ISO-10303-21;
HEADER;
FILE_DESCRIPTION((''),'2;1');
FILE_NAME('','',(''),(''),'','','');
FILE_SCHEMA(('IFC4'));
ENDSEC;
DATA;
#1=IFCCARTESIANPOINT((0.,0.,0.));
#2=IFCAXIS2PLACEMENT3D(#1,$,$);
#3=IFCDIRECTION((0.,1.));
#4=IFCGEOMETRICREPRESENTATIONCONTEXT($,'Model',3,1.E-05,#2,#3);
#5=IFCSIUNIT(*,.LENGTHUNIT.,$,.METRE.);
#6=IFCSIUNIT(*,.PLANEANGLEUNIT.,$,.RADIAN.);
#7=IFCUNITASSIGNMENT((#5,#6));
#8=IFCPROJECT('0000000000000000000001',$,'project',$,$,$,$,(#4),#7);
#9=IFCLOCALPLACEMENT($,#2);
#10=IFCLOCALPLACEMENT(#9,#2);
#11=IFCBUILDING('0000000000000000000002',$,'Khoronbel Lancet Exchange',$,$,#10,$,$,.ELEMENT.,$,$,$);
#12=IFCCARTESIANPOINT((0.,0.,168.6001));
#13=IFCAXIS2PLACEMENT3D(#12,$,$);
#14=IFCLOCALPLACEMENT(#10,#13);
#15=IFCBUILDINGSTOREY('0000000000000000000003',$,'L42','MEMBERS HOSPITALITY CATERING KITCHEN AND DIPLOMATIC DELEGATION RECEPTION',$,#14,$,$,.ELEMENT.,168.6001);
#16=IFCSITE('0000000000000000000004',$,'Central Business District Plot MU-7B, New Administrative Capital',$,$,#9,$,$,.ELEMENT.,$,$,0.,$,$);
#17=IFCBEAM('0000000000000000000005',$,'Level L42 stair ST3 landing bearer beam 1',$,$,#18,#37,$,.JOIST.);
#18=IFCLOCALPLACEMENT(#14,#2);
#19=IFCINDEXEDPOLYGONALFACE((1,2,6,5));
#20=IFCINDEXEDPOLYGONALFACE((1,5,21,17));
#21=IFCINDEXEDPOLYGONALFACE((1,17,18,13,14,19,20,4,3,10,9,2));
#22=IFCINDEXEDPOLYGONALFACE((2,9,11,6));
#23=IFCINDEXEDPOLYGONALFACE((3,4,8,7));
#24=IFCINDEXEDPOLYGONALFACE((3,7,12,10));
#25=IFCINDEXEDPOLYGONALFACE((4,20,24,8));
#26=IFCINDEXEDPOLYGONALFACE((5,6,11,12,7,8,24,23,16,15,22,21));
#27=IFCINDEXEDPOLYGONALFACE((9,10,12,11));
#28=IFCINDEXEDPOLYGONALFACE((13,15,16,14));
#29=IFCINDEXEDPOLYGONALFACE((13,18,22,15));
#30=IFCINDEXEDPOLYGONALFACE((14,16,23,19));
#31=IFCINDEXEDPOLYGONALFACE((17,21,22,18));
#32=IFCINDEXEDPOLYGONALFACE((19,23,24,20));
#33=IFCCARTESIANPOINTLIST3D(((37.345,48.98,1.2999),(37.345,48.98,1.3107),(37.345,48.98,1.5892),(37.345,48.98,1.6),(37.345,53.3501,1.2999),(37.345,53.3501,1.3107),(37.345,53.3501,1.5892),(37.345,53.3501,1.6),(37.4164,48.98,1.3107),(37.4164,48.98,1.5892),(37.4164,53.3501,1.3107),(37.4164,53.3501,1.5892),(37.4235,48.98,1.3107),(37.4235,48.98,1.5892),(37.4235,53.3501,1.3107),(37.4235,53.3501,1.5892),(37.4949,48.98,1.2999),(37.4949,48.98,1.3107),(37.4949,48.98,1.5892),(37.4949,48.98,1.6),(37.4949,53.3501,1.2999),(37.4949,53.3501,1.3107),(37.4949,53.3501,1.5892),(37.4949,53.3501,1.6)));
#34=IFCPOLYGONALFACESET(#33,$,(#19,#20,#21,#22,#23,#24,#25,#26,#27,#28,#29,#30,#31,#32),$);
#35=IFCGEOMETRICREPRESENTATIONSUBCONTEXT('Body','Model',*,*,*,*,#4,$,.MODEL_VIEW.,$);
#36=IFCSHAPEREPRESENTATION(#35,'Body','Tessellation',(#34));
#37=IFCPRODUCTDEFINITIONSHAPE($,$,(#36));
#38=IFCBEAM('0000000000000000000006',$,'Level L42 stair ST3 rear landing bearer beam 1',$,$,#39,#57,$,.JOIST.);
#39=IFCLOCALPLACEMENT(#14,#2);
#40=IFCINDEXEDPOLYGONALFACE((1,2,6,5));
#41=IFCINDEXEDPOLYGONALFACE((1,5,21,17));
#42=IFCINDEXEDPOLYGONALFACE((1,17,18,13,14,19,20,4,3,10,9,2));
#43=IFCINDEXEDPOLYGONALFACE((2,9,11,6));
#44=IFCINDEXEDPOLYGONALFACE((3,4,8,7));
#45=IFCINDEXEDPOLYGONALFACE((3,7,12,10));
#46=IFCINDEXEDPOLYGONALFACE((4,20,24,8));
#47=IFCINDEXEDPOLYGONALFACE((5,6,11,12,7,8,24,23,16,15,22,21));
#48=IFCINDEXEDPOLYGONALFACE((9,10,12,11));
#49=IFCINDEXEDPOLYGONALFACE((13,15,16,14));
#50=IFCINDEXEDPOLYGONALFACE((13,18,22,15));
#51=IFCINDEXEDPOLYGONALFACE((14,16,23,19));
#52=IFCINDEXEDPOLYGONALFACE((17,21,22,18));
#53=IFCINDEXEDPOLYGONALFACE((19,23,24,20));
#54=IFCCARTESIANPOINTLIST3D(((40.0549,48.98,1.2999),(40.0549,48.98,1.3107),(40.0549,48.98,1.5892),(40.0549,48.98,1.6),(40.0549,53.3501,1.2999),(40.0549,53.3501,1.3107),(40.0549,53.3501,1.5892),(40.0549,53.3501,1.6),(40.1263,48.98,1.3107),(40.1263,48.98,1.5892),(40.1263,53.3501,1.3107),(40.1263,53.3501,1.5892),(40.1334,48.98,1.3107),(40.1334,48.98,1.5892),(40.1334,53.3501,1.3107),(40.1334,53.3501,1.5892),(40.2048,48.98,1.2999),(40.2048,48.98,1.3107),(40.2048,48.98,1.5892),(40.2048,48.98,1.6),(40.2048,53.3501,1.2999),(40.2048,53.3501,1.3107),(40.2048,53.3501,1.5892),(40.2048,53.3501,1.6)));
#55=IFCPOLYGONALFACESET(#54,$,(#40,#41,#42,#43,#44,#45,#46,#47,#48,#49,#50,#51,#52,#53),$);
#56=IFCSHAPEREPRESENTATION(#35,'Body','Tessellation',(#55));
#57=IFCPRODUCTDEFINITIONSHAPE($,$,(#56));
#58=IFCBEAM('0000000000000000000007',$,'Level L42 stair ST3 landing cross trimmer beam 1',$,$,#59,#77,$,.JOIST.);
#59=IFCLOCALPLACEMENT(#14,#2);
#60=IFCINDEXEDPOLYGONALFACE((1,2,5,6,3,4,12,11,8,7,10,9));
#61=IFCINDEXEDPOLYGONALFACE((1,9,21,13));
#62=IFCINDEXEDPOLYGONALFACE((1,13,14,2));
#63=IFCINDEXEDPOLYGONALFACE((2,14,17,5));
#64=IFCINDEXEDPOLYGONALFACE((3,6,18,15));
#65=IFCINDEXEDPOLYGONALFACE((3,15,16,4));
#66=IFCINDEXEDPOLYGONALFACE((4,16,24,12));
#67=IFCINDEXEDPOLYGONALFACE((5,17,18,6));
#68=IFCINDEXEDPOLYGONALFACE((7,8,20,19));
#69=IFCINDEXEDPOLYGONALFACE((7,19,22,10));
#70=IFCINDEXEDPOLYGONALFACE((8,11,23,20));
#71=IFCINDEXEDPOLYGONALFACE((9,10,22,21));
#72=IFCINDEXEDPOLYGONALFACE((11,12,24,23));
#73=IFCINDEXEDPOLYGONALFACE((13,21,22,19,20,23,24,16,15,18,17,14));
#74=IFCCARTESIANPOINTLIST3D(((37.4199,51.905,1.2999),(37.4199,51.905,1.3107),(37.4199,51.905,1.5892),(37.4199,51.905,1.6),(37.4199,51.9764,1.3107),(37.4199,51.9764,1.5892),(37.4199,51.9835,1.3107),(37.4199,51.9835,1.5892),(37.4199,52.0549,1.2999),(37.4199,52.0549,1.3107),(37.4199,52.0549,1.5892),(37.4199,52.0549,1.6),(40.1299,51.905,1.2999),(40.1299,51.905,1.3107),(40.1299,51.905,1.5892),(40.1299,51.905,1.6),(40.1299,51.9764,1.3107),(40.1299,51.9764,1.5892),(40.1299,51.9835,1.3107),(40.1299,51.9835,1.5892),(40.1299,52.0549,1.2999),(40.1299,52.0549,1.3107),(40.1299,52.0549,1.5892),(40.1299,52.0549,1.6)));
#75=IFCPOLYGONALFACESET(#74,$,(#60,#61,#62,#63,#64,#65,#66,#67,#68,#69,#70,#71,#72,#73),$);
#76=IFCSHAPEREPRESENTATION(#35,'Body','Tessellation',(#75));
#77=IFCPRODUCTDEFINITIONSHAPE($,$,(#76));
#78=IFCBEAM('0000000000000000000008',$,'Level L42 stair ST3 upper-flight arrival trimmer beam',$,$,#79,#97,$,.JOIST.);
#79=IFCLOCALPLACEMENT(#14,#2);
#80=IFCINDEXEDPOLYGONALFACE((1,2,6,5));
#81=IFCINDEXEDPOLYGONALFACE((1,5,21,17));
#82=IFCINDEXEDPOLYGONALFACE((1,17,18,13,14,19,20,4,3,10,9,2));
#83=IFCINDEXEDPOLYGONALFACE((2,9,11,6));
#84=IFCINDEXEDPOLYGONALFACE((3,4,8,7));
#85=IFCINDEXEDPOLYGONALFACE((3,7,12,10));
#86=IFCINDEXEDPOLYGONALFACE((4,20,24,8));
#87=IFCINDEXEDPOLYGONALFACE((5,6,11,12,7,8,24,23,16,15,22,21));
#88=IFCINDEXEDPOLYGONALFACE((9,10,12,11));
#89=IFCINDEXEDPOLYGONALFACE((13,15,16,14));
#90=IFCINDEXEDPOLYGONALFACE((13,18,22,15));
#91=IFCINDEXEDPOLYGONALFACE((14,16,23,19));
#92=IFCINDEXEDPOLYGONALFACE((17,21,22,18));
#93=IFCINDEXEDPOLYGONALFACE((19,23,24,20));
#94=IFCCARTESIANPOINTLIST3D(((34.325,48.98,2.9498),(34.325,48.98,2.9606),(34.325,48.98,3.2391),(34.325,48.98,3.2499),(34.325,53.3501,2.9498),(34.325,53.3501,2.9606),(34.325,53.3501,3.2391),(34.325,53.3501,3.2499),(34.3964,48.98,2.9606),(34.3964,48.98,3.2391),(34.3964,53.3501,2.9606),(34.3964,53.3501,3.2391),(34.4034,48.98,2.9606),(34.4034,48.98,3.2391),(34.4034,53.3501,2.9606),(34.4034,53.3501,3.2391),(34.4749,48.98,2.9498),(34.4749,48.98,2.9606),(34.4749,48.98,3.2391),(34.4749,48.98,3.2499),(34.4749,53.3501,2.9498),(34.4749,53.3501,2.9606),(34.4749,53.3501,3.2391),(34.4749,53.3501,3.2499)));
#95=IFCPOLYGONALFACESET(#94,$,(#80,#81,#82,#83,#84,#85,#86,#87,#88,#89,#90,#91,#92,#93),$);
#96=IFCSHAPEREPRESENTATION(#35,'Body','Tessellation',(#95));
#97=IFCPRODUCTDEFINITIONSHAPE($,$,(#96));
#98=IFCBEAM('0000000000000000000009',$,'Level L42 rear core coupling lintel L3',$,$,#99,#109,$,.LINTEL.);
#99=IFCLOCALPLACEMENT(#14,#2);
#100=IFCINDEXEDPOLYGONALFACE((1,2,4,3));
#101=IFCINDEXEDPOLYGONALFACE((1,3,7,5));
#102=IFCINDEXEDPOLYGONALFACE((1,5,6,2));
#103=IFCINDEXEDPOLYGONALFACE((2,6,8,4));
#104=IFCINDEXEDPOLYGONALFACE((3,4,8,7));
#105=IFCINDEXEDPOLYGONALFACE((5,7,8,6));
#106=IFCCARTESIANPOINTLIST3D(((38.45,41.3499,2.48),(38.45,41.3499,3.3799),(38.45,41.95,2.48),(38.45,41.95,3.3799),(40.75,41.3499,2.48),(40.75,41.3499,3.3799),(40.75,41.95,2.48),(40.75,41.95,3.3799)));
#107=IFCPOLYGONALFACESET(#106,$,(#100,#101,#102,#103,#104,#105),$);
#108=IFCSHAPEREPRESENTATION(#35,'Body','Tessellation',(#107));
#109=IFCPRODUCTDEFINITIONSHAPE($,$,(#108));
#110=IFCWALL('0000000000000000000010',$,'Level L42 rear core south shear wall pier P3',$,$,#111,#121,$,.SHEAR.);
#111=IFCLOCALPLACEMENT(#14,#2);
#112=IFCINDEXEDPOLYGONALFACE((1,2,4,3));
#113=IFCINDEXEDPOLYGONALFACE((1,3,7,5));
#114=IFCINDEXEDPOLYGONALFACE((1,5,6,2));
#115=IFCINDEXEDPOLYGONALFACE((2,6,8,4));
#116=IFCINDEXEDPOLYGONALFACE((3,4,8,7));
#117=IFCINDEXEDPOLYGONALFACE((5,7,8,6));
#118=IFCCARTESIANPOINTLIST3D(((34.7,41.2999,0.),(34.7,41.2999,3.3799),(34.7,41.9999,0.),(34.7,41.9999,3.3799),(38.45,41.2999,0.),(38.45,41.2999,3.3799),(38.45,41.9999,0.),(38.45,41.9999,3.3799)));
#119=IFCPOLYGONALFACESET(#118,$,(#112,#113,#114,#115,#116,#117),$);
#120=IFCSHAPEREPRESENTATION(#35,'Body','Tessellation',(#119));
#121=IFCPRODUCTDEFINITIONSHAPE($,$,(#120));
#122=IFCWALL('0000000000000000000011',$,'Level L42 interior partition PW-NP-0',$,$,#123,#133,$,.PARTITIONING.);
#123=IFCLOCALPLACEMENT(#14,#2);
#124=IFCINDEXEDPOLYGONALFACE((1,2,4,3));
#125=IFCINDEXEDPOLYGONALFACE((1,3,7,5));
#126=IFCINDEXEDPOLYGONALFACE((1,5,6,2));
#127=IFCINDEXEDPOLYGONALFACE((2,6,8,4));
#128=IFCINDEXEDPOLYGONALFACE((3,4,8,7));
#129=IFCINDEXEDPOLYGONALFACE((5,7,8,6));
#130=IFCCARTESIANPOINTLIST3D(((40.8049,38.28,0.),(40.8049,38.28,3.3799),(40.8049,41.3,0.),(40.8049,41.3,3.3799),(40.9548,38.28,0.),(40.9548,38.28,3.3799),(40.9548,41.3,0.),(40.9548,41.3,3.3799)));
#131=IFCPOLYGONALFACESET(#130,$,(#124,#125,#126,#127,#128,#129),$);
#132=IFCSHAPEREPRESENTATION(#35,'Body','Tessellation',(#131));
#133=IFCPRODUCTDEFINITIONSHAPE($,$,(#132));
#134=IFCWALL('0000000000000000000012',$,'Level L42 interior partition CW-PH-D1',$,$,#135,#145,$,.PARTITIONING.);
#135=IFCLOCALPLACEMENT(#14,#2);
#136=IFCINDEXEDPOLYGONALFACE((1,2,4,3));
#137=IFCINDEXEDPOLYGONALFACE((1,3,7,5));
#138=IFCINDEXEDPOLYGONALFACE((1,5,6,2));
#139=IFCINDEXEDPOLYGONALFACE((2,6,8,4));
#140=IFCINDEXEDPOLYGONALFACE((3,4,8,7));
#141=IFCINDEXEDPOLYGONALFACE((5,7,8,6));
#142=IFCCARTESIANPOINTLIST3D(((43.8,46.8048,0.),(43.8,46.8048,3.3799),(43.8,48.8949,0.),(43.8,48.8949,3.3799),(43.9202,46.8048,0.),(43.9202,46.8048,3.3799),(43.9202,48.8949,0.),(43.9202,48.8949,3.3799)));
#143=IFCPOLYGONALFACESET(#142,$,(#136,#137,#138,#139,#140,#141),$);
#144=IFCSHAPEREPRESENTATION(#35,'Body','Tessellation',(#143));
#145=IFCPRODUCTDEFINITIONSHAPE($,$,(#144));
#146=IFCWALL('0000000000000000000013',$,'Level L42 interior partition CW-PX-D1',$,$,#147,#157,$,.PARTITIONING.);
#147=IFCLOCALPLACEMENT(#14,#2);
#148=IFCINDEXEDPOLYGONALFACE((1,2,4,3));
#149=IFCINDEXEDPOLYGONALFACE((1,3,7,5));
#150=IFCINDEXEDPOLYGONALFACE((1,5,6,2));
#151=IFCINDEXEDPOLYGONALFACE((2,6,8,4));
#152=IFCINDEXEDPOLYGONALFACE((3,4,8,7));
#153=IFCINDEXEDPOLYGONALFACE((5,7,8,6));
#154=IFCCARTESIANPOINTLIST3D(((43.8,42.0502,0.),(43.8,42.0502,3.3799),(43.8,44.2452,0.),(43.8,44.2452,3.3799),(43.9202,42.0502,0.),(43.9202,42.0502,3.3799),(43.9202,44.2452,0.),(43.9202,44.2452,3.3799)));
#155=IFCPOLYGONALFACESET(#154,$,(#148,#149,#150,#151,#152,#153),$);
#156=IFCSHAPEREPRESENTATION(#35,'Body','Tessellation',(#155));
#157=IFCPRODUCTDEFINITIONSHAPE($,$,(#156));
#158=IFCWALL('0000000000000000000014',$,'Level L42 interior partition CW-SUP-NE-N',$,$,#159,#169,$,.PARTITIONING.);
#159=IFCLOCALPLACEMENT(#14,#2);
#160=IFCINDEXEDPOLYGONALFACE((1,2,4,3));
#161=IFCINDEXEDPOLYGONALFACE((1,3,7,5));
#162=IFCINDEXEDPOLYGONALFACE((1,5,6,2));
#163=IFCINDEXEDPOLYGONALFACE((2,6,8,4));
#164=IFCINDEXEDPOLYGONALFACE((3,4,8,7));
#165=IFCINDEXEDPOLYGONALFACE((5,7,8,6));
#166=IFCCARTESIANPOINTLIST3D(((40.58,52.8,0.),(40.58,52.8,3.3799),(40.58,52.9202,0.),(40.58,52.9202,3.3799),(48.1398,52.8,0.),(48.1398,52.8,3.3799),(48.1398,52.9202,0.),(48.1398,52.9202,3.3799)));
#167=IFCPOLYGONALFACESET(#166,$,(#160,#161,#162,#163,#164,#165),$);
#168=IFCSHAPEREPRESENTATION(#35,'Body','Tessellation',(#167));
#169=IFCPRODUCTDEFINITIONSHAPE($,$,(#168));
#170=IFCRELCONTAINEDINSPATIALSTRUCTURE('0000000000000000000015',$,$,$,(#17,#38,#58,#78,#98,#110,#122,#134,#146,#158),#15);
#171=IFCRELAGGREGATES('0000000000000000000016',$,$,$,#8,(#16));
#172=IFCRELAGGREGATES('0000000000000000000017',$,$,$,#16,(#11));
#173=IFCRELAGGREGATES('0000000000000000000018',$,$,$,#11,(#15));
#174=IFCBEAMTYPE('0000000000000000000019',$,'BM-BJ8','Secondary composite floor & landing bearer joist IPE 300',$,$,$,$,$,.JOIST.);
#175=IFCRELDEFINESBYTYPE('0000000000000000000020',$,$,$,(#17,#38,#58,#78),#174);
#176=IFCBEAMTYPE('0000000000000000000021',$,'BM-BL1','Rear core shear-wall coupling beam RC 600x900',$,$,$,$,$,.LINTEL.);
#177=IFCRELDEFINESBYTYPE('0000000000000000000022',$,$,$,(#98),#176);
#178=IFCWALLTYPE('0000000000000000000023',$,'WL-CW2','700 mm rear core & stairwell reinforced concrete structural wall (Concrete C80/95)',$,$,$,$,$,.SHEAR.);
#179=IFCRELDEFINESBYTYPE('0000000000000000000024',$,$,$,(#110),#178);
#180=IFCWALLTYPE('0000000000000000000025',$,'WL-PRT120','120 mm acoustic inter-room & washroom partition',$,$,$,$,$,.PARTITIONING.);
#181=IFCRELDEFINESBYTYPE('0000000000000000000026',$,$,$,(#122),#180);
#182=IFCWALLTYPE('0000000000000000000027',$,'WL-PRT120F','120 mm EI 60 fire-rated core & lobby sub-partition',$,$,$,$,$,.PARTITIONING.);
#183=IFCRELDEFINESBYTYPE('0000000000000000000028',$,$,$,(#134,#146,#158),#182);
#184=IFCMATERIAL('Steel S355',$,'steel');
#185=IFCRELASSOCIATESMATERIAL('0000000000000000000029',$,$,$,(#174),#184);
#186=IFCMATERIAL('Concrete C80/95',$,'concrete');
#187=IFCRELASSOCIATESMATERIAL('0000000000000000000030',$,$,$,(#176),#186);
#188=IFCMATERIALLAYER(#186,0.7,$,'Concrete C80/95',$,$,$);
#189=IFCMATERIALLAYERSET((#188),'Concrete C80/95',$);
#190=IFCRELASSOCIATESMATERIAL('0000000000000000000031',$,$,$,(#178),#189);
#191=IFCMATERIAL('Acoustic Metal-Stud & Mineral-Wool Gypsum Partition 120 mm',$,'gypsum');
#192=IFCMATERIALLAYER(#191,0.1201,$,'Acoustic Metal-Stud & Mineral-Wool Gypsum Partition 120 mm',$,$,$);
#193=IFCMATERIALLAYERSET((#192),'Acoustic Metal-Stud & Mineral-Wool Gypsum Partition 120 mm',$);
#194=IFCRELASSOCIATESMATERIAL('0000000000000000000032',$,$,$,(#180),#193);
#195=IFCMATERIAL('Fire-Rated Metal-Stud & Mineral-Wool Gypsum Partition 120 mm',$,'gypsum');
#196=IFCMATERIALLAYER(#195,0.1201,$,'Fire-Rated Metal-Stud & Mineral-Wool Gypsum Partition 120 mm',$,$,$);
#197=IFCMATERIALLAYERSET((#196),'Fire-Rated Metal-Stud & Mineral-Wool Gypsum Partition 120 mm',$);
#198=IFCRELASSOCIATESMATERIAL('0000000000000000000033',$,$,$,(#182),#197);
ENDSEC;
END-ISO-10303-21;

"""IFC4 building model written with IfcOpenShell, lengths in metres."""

from ifc_helpers import new_model, si_unit, direction, frame, frame_2d, origin, origin_2d, place, context, subcontext, project, spatial, rectangle, i_section, extrude, material, layer, layer_set, material_profile, profile_set, type_object, element, save


model = new_model("IFC4")

# Units and contexts
model_context = context("Model", 3, precision=1e-05, world=origin(), true_north=direction((0.0, 1.0)))
body_context = subcontext(model_context, "Body", "Model", "MODEL_VIEW")
ifc_project = project(units=[si_unit("LENGTHUNIT", "METRE"), si_unit("PLANEANGLEUNIT", "RADIAN")], contexts=[model_context])

# Site, building, storey
site_placement = place(None, origin())
site = spatial("IfcSite", under=ifc_project, at=site_placement, Name="Central Business District Plot MU-7B, New Administrative Capital", CompositionType="ELEMENT", RefElevation=0.0)
building_placement = place(site_placement, origin())
building = spatial("IfcBuilding", under=site, at=building_placement, Name="Khoronbel Lancet Exchange", CompositionType="ELEMENT")
storey_placement = place(building_placement, frame((0.0, 0.0, 168.6001)))
storey = spatial("IfcBuildingStorey", under=building, at=storey_placement, Name="L42", Description="MEMBERS HOSPITALITY CATERING KITCHEN AND DIPLOMATIC DELEGATION RECEPTION", CompositionType="ELEMENT", Elevation=168.6001)

# Beams
ifc_material_1 = material(Name="Steel S355", Category="steel")
ifc_material_profile_1 = material_profile(ifc_material_1, i_section(OverallWidth=0.1499, OverallDepth=0.3, WebThickness=0.0071, FlangeThickness=0.0107, at=origin_2d()), Name="IPE 300")
ifc_profile_set_1 = profile_set([ifc_material_profile_1], Name="Steel S355")
beam_type_1 = type_object("IfcBeamType", Name="BM-BJ8", Description="Secondary composite floor & landing bearer joist IPE 300", PredefinedType="JOIST", material=ifc_profile_set_1)
for number, where, z_axis, x_axis, name in (
    (1, (37.4199, 48.98, 1.45), (0.0, 1.0, 0.0), (-1.0, 0.0, 0.0), "Level L42 stair ST3 landing bearer beam 1"),
    (2, (40.1299, 48.98, 1.45), (0.0, 1.0, 0.0), (-1.0, 0.0, 0.0), "Level L42 stair ST3 rear landing bearer beam 1"),
):
    element("IfcBeam", number, at=place(storey_placement, frame(where, z_axis=z_axis, x_axis=x_axis)), inside=storey, type_object=beam_type_1, Name=name, PredefinedType="JOIST", context=body_context, shape_type="SweptSolid", body=[
        extrude(i_section(OverallWidth=0.1499, OverallDepth=0.3, WebThickness=0.0071, FlangeThickness=0.0107, at=origin_2d()), origin(), (0.0, 0.0, 1.0), 4.3701),
    ])
beam_1_placement = place(storey_placement, frame((37.4199, 51.98, 1.45), z_axis=(1.0, 0.0, 0.0), x_axis=(0.0, 1.0, 0.0)))
element("IfcBeam", 3, at=beam_1_placement, inside=storey, type_object=beam_type_1, Name="Level L42 stair ST3 landing cross trimmer beam 1", PredefinedType="JOIST", context=body_context, shape_type="SweptSolid", body=[
    extrude(i_section(OverallWidth=0.1499, OverallDepth=0.3, WebThickness=0.0071, FlangeThickness=0.0107, at=origin_2d()), origin(), (0.0, 0.0, 1.0), 2.71),
])
beam_2_placement = place(storey_placement, frame((34.3999, 48.98, 3.0999), z_axis=(0.0, 1.0, 0.0), x_axis=(-1.0, 0.0, 0.0)))
element("IfcBeam", 4, at=beam_2_placement, inside=storey, type_object=beam_type_1, Name="Level L42 stair ST3 upper-flight arrival trimmer beam", PredefinedType="JOIST", context=body_context, shape_type="SweptSolid", body=[
    extrude(i_section(OverallWidth=0.1499, OverallDepth=0.3, WebThickness=0.0071, FlangeThickness=0.0107, at=origin_2d()), origin(), (0.0, 0.0, 1.0), 4.3701),
])
ifc_material_2 = material(Name="Concrete C80/95", Category="concrete")
ifc_material_profile_2 = material_profile(ifc_material_2, rectangle(XDim=0.6001, YDim=0.8999, at=origin_2d()), Name="RC 600x900")
ifc_profile_set_2 = profile_set([ifc_material_profile_2], Name="Concrete C80/95")
beam_type_2 = type_object("IfcBeamType", Name="BM-BL1", Description="Rear core shear-wall coupling beam RC 600x900", PredefinedType="LINTEL", material=ifc_profile_set_2)
beam_3_placement = place(storey_placement, frame((38.45, 41.6499, 2.9299), z_axis=(1.0, 0.0, 0.0), x_axis=(0.0, 1.0, 0.0)))
element("IfcBeam", 5, at=beam_3_placement, inside=storey, type_object=beam_type_2, Name="Level L42 rear core coupling lintel L3", PredefinedType="LINTEL", context=body_context, shape_type="SweptSolid", body=[
    extrude(rectangle(XDim=0.6001, YDim=0.8999, at=origin_2d()), origin(), (0.0, 0.0, 1.0), 2.3),
])

# Walls
ifc_layer_1 = layer(ifc_material_2, 0.7, Name="Concrete C80/95")
ifc_layer_set_1 = layer_set([ifc_layer_1], Name="Concrete C80/95")
wall_type_1 = type_object("IfcWallType", Name="WL-CW2", Description="700 mm rear core & stairwell reinforced concrete structural wall (Concrete C80/95)", PredefinedType="SHEAR", material=ifc_layer_set_1)
wall_1_placement = place(storey_placement, frame((38.45, 41.6499, 0.0), z_axis=(0.0, 0.0, 1.0), x_axis=(-1.0, 0.0, 0.0)))
element("IfcWall", 6, at=wall_1_placement, inside=storey, type_object=wall_type_1, Name="Level L42 rear core south shear wall pier P3", PredefinedType="SHEAR", context=body_context, shape_type="SweptSolid", body=[
    extrude(rectangle(XDim=3.75, YDim=0.7, at=frame_2d((1.875, 0.0))), origin(), (0.0, 0.0, 1.0), 3.3799),
])
ifc_material_3 = material(Name="Acoustic Metal-Stud & Mineral-Wool Gypsum Partition 120 mm", Category="gypsum")
ifc_layer_2 = layer(ifc_material_3, 0.1201, Name="Acoustic Metal-Stud & Mineral-Wool Gypsum Partition 120 mm")
ifc_layer_set_2 = layer_set([ifc_layer_2], Name="Acoustic Metal-Stud & Mineral-Wool Gypsum Partition 120 mm")
wall_type_2 = type_object("IfcWallType", Name="WL-PRT120", Description="120 mm acoustic inter-room & washroom partition", PredefinedType="PARTITIONING", material=ifc_layer_set_2)
wall_2_placement = place(storey_placement, frame((40.8799, 38.28, 0.0), z_axis=(0.0, 0.0, 1.0), x_axis=(0.0, 1.0, 0.0)))
element("IfcWall", 7, at=wall_2_placement, inside=storey, type_object=wall_type_2, Name="Level L42 interior partition PW-NP-0", PredefinedType="PARTITIONING", context=body_context, shape_type="SweptSolid", body=[
    extrude(rectangle(XDim=3.02, YDim=0.1499, at=frame_2d((1.51, 0.0))), origin(), (0.0, 0.0, 1.0), 3.3799),
])
ifc_material_4 = material(Name="Fire-Rated Metal-Stud & Mineral-Wool Gypsum Partition 120 mm", Category="gypsum")
ifc_layer_3 = layer(ifc_material_4, 0.1201, Name="Fire-Rated Metal-Stud & Mineral-Wool Gypsum Partition 120 mm")
ifc_layer_set_3 = layer_set([ifc_layer_3], Name="Fire-Rated Metal-Stud & Mineral-Wool Gypsum Partition 120 mm")
wall_type_3 = type_object("IfcWallType", Name="WL-PRT120F", Description="120 mm EI 60 fire-rated core & lobby sub-partition", PredefinedType="PARTITIONING", material=ifc_layer_set_3)
wall_3_placement = place(storey_placement, frame((43.8601, 46.8049, 0.0), z_axis=(0.0, 0.0, 1.0), x_axis=(0.0, 1.0, 0.0)))
element("IfcWall", 8, at=wall_3_placement, inside=storey, type_object=wall_type_3, Name="Level L42 interior partition CW-PH-D1", PredefinedType="PARTITIONING", context=body_context, shape_type="SweptSolid", body=[
    extrude(rectangle(XDim=2.0901, YDim=0.1201, at=frame_2d((1.0449, 0.0))), origin(), (0.0, 0.0, 1.0), 3.3799),
])
wall_4_placement = place(storey_placement, frame((43.8601, 42.05, 0.0), z_axis=(0.0, 0.0, 1.0), x_axis=(0.0, 1.0, 0.0)))
element("IfcWall", 9, at=wall_4_placement, inside=storey, type_object=wall_type_3, Name="Level L42 interior partition CW-PX-D1", PredefinedType="PARTITIONING", context=body_context, shape_type="SweptSolid", body=[
    extrude(rectangle(XDim=2.1951, YDim=0.1201, at=frame_2d((1.0977, 0.0))), origin(), (0.0, 0.0, 1.0), 3.3799),
])
wall_5_placement = place(storey_placement, frame((40.5801, 52.8601, 0.0), z_axis=(0.0, 0.0, 1.0), x_axis=(1.0, 0.0, 0.0)))
element("IfcWall", 10, at=wall_5_placement, inside=storey, type_object=wall_type_3, Name="Level L42 interior partition CW-SUP-NE-N", PredefinedType="PARTITIONING", context=body_context, shape_type="SweptSolid", body=[
    extrude(rectangle(XDim=7.5598, YDim=0.1201, at=frame_2d((3.7798, 0.0))), origin(), (0.0, 0.0, 1.0), 3.3799),
])

save(model, "model.ifc")
